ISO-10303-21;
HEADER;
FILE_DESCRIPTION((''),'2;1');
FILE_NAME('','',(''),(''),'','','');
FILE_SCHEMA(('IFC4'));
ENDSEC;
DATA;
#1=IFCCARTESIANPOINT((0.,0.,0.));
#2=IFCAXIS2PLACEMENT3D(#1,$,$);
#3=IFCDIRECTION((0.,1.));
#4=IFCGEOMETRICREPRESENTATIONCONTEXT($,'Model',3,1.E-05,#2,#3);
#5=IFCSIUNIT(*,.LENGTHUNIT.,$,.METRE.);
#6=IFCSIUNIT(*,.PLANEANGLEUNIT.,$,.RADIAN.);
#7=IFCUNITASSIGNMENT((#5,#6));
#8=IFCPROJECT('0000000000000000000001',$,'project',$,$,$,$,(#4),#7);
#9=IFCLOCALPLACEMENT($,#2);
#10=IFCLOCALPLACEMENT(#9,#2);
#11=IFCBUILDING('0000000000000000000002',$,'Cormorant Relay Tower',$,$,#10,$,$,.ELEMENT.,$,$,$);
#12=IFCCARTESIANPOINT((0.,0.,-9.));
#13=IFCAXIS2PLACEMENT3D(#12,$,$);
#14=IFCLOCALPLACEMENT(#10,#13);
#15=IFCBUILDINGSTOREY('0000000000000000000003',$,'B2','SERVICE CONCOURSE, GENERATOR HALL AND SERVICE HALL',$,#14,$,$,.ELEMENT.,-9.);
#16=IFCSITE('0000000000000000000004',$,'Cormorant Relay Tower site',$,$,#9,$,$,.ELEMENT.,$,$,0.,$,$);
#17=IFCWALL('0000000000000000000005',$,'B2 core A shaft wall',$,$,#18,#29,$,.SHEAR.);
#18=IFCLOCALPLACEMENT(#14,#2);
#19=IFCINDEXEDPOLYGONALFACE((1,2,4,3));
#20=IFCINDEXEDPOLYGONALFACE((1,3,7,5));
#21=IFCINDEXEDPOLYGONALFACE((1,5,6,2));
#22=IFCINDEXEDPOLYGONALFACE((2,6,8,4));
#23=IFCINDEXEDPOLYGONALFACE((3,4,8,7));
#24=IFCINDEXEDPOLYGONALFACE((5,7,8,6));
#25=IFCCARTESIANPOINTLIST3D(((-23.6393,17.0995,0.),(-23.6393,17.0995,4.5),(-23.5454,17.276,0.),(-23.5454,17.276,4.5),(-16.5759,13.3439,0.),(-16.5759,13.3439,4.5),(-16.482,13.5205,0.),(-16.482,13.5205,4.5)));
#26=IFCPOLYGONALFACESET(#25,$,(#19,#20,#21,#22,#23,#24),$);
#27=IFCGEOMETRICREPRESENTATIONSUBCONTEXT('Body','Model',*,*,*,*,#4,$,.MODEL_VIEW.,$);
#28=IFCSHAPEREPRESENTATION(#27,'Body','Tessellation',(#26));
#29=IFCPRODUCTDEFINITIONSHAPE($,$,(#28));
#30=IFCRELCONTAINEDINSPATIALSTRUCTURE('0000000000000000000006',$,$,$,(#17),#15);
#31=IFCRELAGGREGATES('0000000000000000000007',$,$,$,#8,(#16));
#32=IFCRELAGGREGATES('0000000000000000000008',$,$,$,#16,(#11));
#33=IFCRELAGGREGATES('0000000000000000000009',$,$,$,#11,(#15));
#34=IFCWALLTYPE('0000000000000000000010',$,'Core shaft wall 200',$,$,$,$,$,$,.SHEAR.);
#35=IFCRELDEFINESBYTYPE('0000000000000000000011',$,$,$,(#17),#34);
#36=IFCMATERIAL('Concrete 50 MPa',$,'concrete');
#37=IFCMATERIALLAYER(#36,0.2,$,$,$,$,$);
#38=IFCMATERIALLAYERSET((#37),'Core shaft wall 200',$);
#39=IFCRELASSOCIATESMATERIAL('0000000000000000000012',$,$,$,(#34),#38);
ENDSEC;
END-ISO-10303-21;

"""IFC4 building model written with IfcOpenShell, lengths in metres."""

from ifc_helpers import new_model, si_unit, direction, frame, frame_2d, origin, place, context, subcontext, project, spatial, rectangle, extrude, material, layer, layer_set, type_object, element, save


model = new_model("IFC4")

# Units and contexts
model_context = context("Model", 3, precision=1e-05, world=origin(), true_north=direction((0.0, 1.0)))
body_context = subcontext(model_context, "Body", "Model", "MODEL_VIEW")
ifc_project = project(units=[si_unit("LENGTHUNIT", "METRE"), si_unit("PLANEANGLEUNIT", "RADIAN")], contexts=[model_context])

# Site, building, storey
site_placement = place(None, origin())
site = spatial("IfcSite", under=ifc_project, at=site_placement, Name="Cormorant Relay Tower site", CompositionType="ELEMENT", RefElevation=0.0)
building_placement = place(site_placement, origin())
building = spatial("IfcBuilding", under=site, at=building_placement, Name="Cormorant Relay Tower", CompositionType="ELEMENT")
storey_placement = place(building_placement, frame((0.0, 0.0, -9.0)))
storey = spatial("IfcBuildingStorey", under=building, at=storey_placement, Name="B2", Description="SERVICE CONCOURSE, GENERATOR HALL AND SERVICE HALL", CompositionType="ELEMENT", Elevation=-9.0)

# Wall
ifc_material_1 = material(Name="Concrete 50 MPa", Category="concrete")
ifc_layer_1 = layer(ifc_material_1, 0.2)
ifc_layer_set_1 = layer_set([ifc_layer_1], Name="Core shaft wall 200")
wall_type = type_object("IfcWallType", Name="Core shaft wall 200", PredefinedType="SHEAR", material=ifc_layer_set_1)
wall_placement = place(storey_placement, frame((-16.5288, 13.4321, 0.0), z_axis=(0.0, 0.0, 1.0), x_axis=(-0.882953, 0.469462, 0.0)))
element("IfcWall", 1, at=wall_placement, inside=storey, type_object=wall_type, Name="B2 core A shaft wall", PredefinedType="SHEAR", context=body_context, shape_type="SweptSolid", body=[
    extrude(rectangle(XDim=7.9998, YDim=0.2, at=frame_2d((4.0, 0.0))), origin(), (0.0, 0.0, 1.0), 4.5),
])

save(model, "model.ifc")
